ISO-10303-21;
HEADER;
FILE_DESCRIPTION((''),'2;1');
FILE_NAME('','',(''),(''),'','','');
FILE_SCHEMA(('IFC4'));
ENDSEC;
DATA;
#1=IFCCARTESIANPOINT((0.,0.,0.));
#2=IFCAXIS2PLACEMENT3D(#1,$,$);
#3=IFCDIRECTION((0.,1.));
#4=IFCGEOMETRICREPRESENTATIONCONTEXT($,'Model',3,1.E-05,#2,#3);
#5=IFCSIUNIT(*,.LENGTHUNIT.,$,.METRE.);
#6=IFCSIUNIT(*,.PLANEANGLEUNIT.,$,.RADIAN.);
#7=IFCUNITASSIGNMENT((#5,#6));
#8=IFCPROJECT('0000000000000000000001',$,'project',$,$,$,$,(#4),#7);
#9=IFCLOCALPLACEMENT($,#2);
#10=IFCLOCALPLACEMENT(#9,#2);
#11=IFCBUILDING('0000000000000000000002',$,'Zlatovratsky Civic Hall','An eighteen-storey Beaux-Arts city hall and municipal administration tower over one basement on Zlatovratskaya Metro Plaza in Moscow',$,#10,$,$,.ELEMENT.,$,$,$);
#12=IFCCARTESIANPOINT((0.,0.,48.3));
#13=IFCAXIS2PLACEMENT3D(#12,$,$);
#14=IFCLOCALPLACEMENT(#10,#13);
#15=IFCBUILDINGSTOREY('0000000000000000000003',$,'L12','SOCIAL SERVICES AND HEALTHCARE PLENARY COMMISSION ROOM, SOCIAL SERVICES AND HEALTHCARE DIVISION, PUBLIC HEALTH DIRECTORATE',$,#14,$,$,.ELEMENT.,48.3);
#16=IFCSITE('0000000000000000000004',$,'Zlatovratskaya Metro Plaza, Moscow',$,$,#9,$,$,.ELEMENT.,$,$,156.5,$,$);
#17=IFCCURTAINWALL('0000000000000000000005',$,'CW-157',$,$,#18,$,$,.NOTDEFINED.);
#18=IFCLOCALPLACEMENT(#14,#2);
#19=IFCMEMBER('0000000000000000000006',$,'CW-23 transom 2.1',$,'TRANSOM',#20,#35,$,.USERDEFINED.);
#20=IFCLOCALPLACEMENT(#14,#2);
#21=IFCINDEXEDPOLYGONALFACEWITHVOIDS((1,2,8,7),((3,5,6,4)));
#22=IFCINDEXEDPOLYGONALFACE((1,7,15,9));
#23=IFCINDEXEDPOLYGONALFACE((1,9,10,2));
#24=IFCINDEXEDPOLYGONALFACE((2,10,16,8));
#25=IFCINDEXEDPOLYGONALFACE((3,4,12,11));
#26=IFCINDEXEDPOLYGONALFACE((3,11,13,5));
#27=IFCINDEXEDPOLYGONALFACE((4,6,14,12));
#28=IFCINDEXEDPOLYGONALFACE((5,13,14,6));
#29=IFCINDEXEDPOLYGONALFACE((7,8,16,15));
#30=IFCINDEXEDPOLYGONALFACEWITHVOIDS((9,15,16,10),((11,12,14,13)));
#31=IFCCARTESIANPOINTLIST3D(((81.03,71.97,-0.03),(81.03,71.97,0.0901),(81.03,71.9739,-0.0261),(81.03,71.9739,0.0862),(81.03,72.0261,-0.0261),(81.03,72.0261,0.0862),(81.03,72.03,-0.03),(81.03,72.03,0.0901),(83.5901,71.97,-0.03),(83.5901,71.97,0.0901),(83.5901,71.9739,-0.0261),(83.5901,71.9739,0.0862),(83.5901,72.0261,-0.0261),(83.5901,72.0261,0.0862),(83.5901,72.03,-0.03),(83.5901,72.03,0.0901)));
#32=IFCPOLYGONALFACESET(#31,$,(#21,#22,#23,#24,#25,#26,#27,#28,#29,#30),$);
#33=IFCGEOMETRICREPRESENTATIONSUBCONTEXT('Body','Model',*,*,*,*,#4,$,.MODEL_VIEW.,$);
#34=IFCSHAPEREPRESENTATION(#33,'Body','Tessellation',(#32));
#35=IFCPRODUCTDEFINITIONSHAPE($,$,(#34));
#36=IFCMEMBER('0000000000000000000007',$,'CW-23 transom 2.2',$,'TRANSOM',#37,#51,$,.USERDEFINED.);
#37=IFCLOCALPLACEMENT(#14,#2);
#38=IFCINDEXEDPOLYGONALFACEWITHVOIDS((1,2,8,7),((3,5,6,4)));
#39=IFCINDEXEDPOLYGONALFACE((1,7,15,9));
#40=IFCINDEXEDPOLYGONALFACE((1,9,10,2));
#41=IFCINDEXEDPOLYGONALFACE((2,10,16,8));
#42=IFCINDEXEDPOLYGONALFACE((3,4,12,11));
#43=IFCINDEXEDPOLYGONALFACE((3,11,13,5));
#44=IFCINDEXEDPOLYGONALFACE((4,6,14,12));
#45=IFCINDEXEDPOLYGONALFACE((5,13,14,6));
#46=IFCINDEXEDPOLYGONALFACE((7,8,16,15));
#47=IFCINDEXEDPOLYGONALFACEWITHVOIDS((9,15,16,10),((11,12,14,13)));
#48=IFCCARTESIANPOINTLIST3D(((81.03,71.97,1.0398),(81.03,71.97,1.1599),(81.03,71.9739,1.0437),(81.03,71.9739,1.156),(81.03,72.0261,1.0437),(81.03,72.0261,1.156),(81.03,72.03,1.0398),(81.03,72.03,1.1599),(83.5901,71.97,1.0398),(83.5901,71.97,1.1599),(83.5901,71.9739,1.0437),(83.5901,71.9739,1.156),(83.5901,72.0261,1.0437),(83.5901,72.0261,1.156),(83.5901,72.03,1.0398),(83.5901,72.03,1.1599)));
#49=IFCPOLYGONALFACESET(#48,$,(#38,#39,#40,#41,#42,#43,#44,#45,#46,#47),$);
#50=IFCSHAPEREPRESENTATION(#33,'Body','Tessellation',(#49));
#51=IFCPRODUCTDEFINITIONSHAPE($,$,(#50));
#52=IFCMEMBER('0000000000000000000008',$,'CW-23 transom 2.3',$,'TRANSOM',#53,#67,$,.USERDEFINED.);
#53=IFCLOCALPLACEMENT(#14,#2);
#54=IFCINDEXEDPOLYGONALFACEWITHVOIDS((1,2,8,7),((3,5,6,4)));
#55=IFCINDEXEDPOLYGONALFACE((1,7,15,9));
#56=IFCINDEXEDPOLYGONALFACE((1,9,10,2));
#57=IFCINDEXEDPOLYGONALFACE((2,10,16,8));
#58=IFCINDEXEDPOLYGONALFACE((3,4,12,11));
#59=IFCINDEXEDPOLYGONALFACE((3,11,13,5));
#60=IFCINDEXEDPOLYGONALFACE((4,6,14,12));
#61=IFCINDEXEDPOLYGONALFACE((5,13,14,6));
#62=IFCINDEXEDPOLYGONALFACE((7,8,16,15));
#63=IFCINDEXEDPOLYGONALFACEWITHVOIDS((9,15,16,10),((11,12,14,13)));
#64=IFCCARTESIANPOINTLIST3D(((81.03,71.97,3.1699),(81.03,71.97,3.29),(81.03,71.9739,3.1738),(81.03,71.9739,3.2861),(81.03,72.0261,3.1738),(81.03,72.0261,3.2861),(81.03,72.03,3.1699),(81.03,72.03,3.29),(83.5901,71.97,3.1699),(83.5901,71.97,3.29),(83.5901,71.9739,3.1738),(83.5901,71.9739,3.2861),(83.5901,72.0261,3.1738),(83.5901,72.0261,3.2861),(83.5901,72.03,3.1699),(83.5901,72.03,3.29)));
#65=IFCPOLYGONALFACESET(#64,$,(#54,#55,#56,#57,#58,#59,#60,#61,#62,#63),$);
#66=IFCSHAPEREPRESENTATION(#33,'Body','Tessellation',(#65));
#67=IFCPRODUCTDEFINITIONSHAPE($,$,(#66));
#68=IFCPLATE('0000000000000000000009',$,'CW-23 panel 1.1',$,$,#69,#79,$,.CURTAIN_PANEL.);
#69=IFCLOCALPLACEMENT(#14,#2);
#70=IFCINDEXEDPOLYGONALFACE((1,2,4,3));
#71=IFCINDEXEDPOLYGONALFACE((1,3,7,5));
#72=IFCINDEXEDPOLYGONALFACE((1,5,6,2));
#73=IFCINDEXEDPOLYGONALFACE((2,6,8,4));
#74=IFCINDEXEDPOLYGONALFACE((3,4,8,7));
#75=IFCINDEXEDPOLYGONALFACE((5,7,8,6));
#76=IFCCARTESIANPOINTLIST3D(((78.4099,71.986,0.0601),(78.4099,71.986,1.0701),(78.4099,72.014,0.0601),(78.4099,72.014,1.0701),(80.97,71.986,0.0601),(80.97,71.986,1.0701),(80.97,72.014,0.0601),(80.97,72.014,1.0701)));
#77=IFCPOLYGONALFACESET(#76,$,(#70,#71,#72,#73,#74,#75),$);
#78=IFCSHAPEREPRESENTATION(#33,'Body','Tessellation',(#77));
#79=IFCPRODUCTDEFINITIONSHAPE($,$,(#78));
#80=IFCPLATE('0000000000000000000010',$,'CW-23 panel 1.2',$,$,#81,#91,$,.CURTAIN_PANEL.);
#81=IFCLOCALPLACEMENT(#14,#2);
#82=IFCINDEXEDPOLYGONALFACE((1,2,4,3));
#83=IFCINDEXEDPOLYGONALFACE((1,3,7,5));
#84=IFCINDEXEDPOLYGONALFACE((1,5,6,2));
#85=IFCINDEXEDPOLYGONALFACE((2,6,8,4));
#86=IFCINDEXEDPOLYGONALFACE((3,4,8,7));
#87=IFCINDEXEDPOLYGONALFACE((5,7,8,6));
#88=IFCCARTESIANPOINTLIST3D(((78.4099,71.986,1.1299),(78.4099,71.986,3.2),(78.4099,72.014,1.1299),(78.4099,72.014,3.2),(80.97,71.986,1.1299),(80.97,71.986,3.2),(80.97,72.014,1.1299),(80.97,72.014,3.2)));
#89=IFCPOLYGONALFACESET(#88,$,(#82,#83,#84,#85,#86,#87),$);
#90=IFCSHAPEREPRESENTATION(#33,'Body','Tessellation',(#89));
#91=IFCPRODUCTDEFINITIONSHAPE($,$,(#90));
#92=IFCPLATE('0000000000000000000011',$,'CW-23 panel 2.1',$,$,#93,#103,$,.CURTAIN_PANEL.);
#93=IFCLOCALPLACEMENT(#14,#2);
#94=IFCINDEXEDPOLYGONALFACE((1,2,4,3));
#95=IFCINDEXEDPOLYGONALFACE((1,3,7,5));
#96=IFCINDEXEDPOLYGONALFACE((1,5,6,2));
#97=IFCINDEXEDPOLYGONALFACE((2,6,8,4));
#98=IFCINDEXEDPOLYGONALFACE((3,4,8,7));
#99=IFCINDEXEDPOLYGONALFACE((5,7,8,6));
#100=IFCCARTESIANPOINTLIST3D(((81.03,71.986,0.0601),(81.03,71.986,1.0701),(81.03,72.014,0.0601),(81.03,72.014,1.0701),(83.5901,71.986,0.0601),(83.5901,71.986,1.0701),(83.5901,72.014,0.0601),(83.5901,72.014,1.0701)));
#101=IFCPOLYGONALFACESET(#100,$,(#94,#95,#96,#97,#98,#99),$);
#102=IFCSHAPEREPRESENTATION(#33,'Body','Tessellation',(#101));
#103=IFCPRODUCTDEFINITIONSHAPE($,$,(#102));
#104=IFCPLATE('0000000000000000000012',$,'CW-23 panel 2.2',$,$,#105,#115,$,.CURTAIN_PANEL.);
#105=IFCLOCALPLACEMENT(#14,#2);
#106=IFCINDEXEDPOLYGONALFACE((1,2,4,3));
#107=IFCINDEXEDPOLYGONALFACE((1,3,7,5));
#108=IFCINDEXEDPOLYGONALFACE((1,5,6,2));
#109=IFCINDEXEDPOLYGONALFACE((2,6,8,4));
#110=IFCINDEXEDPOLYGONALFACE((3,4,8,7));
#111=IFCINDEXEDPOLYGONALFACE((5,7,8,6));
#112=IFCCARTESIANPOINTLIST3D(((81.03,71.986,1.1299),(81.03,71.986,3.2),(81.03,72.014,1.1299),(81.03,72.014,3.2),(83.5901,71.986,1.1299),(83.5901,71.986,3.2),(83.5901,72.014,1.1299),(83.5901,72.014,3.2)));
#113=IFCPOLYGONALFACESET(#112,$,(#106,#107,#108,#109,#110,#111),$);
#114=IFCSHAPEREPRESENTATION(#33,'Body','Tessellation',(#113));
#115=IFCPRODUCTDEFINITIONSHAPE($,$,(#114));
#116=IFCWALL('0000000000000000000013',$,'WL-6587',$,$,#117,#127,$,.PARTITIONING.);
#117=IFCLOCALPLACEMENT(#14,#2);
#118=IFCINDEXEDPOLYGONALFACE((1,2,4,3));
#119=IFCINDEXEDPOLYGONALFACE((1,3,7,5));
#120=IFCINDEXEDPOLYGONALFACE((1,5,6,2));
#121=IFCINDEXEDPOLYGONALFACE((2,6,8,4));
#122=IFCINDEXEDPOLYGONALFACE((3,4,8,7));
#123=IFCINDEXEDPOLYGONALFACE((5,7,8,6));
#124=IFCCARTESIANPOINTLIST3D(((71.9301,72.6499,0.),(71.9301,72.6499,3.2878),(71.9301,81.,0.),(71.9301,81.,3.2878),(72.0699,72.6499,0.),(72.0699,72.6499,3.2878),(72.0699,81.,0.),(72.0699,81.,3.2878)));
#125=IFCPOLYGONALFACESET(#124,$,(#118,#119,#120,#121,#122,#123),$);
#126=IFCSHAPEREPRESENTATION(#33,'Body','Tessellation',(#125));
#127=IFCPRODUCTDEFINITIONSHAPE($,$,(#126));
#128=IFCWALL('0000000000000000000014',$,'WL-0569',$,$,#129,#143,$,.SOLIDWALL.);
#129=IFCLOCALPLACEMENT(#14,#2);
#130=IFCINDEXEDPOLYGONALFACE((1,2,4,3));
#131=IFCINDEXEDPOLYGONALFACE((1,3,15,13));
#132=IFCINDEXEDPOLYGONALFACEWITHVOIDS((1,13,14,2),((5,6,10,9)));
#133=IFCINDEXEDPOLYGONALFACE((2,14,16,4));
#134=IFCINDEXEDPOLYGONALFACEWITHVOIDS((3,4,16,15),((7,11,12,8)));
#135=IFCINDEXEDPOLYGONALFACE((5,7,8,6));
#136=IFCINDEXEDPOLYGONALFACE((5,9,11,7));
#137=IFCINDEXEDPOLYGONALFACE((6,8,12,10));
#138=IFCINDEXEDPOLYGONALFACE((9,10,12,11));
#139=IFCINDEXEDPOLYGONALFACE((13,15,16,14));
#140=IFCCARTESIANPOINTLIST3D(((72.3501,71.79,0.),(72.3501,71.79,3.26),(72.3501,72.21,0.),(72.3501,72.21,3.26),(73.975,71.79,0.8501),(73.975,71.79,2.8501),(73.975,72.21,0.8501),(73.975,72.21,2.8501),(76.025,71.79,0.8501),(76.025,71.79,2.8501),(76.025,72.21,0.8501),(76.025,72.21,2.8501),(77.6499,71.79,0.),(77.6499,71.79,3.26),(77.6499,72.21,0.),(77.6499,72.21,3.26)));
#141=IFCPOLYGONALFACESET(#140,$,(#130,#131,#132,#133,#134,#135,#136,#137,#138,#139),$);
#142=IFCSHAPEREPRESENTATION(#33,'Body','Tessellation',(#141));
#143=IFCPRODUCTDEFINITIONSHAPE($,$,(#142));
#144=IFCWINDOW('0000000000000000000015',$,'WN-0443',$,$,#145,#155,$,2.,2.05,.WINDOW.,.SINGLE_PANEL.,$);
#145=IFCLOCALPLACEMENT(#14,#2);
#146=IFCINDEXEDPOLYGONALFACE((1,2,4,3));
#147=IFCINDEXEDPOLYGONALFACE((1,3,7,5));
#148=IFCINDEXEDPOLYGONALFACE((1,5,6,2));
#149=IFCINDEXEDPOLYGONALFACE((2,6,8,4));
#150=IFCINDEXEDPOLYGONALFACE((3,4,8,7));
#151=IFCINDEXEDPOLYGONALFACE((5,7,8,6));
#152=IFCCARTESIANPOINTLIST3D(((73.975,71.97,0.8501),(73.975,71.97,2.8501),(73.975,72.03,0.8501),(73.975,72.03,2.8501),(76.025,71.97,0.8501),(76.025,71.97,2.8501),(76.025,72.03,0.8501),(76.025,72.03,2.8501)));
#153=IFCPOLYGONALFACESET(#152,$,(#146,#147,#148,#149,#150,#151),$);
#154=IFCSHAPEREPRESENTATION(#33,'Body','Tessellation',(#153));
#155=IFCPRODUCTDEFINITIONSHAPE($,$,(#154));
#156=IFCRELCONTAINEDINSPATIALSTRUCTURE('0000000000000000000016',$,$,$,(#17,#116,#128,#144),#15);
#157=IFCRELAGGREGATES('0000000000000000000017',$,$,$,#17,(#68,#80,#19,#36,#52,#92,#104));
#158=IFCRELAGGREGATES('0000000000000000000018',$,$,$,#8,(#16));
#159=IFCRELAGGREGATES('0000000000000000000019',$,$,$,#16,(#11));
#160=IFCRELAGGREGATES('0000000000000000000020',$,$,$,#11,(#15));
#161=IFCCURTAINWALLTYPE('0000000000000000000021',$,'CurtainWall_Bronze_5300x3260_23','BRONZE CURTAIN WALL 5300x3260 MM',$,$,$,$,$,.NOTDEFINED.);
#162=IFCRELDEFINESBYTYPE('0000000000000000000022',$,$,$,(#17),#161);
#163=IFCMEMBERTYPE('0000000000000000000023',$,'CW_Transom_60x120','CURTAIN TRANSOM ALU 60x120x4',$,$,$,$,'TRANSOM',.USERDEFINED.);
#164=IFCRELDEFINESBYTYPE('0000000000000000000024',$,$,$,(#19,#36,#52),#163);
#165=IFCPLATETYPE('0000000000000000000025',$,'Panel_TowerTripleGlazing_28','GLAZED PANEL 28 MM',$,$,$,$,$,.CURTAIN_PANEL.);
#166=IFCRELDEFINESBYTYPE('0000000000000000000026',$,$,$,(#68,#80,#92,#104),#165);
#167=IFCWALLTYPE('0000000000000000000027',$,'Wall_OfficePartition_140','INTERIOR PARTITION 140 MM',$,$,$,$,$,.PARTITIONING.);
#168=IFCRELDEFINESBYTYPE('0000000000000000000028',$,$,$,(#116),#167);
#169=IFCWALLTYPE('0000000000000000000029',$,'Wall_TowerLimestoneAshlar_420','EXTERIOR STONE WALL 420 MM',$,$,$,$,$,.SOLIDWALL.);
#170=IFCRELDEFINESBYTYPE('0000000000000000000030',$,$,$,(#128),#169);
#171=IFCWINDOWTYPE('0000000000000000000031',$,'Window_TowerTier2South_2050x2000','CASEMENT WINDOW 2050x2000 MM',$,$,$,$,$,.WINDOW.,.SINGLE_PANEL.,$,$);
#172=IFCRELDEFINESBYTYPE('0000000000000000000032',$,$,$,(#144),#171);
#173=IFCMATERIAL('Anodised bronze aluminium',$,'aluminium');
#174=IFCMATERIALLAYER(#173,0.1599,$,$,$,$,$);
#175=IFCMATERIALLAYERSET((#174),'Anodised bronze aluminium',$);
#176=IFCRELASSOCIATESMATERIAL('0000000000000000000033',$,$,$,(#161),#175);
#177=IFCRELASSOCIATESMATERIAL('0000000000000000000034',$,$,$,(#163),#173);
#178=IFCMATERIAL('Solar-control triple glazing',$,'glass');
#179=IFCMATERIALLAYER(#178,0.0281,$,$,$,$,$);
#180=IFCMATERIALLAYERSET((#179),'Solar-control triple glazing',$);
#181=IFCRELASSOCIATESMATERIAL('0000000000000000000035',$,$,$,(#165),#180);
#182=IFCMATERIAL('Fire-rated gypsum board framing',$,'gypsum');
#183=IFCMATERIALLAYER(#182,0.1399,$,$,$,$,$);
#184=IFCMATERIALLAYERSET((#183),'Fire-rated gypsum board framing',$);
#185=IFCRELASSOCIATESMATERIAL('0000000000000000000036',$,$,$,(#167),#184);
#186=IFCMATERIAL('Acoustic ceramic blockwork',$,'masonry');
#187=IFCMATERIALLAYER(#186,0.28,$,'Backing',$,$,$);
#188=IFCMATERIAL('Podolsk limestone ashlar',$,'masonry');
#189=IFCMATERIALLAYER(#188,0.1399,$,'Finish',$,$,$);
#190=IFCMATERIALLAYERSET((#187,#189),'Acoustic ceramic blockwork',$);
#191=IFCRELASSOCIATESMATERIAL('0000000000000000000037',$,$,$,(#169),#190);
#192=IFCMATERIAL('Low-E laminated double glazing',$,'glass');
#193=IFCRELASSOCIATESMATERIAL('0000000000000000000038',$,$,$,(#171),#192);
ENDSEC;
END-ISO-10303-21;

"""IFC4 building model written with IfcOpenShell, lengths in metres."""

from ifc_helpers import new_model, si_unit, direction, frame, frame_2d, origin, origin_2d, place, context, subcontext, project, spatial, rectangle, hollow_rectangle, extrude, material, layer, layer_set, material_profile, profile_set, type_object, element, fill, aggregate, save


model = new_model("IFC4")

# Units and contexts
model_context = context("Model", 3, precision=1e-05, world=origin(), true_north=direction((0.0, 1.0)))
body_context = subcontext(model_context, "Body", "Model", "MODEL_VIEW")
ifc_project = project(units=[si_unit("LENGTHUNIT", "METRE"), si_unit("PLANEANGLEUNIT", "RADIAN")], contexts=[model_context])

# Site, building, storey
site_placement = place(None, origin())
site = spatial("IfcSite", under=ifc_project, at=site_placement, Name="Zlatovratskaya Metro Plaza, Moscow", CompositionType="ELEMENT", RefElevation=156.5)
building_placement = place(site_placement, origin())
building = spatial("IfcBuilding", under=site, at=building_placement, Name="Zlatovratsky Civic Hall", Description="An eighteen-storey Beaux-Arts city hall and municipal administration tower over one basement on Zlatovratskaya Metro Plaza in Moscow", CompositionType="ELEMENT")
storey_placement = place(building_placement, frame((0.0, 0.0, 48.3)))
storey = spatial("IfcBuildingStorey", under=building, at=storey_placement, Name="L12", Description="SOCIAL SERVICES AND HEALTHCARE PLENARY COMMISSION ROOM, SOCIAL SERVICES AND HEALTHCARE DIVISION, PUBLIC HEALTH DIRECTORATE", CompositionType="ELEMENT", Elevation=48.3)

# Curtain wall, members, plates
ifc_material_1 = material(Name="Anodised bronze aluminium", Category="aluminium")
ifc_layer_1 = layer(ifc_material_1, 0.1599)
ifc_layer_set_1 = layer_set([ifc_layer_1], Name="Anodised bronze aluminium")
curtain_wall_type = type_object("IfcCurtainWallType", Name="CurtainWall_Bronze_5300x3260_23", Description="BRONZE CURTAIN WALL 5300x3260 MM", PredefinedType="NOTDEFINED", material=ifc_layer_set_1)
curtain_wall_placement = place(storey_placement, origin())
curtain_wall = element("IfcCurtainWall", 1, at=curtain_wall_placement, inside=storey, type_object=curtain_wall_type, Name="CW-157", PredefinedType="NOTDEFINED")
ifc_material_profile_1 = material_profile(ifc_material_1, hollow_rectangle(XDim=0.0601, YDim=0.1201, WallThickness=0.0039, at=origin_2d()), Name="ALU 60x120x4")
ifc_profile_set_1 = profile_set([ifc_material_profile_1], Name="Anodised bronze aluminium")
member_type_1 = type_object("IfcMemberType", Name="CW_Transom_60x120", Description="CURTAIN TRANSOM ALU 60x120x4", ElementType="TRANSOM", PredefinedType="USERDEFINED", material=ifc_profile_set_1)
member_1_placement = place(storey_placement, frame((81.03, 72.0, 0.03), z_axis=(1.0, 0.0, 0.0), x_axis=(0.0, 1.0, 0.0)))
member_1 = element("IfcMember", 2, at=member_1_placement, type_object=member_type_1, Name="CW-23 transom 2.1", ObjectType="TRANSOM", PredefinedType="USERDEFINED", context=body_context, shape_type="SweptSolid", body=[
    extrude(hollow_rectangle(XDim=0.0601, YDim=0.1201, WallThickness=0.0039, at=origin_2d()), origin(), (0.0, 0.0, 1.0), 2.5601),
])
member_2_placement = place(storey_placement, frame((81.03, 72.0, 1.0999), z_axis=(1.0, 0.0, 0.0), x_axis=(0.0, 1.0, 0.0)))
member_2 = element("IfcMember", 3, at=member_2_placement, type_object=member_type_1, Name="CW-23 transom 2.2", ObjectType="TRANSOM", PredefinedType="USERDEFINED", context=body_context, shape_type="SweptSolid", body=[
    extrude(hollow_rectangle(XDim=0.0601, YDim=0.1201, WallThickness=0.0039, at=origin_2d()), origin(), (0.0, 0.0, 1.0), 2.5601),
])
member_3_placement = place(storey_placement, frame((81.03, 72.0, 3.23), z_axis=(1.0, 0.0, 0.0), x_axis=(0.0, 1.0, 0.0)))
member_3 = element("IfcMember", 4, at=member_3_placement, type_object=member_type_1, Name="CW-23 transom 2.3", ObjectType="TRANSOM", PredefinedType="USERDEFINED", context=body_context, shape_type="SweptSolid", body=[
    extrude(hollow_rectangle(XDim=0.0601, YDim=0.1201, WallThickness=0.0039, at=origin_2d()), origin(), (0.0, 0.0, 1.0), 2.5601),
])
ifc_material_2 = material(Name="Solar-control triple glazing", Category="glass")
ifc_layer_2 = layer(ifc_material_2, 0.0281)
ifc_layer_set_2 = layer_set([ifc_layer_2], Name="Solar-control triple glazing")
plate_type = type_object("IfcPlateType", Name="Panel_TowerTripleGlazing_28", Description="GLAZED PANEL 28 MM", PredefinedType="CURTAIN_PANEL", material=ifc_layer_set_2)
plate_1_placement = place(storey_placement, frame((79.6899, 72.0, 0.0601), z_axis=(0.0, 0.0, 1.0), x_axis=(1.0, 0.0, 0.0)))
plate_1 = element("IfcPlate", 5, at=plate_1_placement, type_object=plate_type, Name="CW-23 panel 1.1", PredefinedType="CURTAIN_PANEL", context=body_context, shape_type="SweptSolid", body=[
    extrude(rectangle(XDim=2.5601, YDim=0.0281, at=origin_2d()), origin(), (0.0, 0.0, 1.0), 1.01),
])
plate_2_placement = place(storey_placement, frame((79.6899, 72.0, 1.1299), z_axis=(0.0, 0.0, 1.0), x_axis=(1.0, 0.0, 0.0)))
plate_2 = element("IfcPlate", 6, at=plate_2_placement, type_object=plate_type, Name="CW-23 panel 1.2", PredefinedType="CURTAIN_PANEL", context=body_context, shape_type="SweptSolid", body=[
    extrude(rectangle(XDim=2.5601, YDim=0.0281, at=origin_2d()), origin(), (0.0, 0.0, 1.0), 2.0701),
])
plate_3_placement = place(storey_placement, frame((82.3101, 72.0, 0.0601), z_axis=(0.0, 0.0, 1.0), x_axis=(1.0, 0.0, 0.0)))
plate_3 = element("IfcPlate", 7, at=plate_3_placement, type_object=plate_type, Name="CW-23 panel 2.1", PredefinedType="CURTAIN_PANEL", context=body_context, shape_type="SweptSolid", body=[
    extrude(rectangle(XDim=2.5601, YDim=0.0281, at=origin_2d()), origin(), (0.0, 0.0, 1.0), 1.01),
])
plate_4_placement = place(storey_placement, frame((82.3101, 72.0, 1.1299), z_axis=(0.0, 0.0, 1.0), x_axis=(1.0, 0.0, 0.0)))
plate_4 = element("IfcPlate", 8, at=plate_4_placement, type_object=plate_type, Name="CW-23 panel 2.2", PredefinedType="CURTAIN_PANEL", context=body_context, shape_type="SweptSolid", body=[
    extrude(rectangle(XDim=2.5601, YDim=0.0281, at=origin_2d()), origin(), (0.0, 0.0, 1.0), 2.0701),
])
aggregate(curtain_wall, [plate_1, plate_2, member_1, member_2, member_3, plate_3, plate_4])

# Wall
ifc_material_3 = material(Name="Fire-rated gypsum board framing", Category="gypsum")
ifc_layer_3 = layer(ifc_material_3, 0.1399)
ifc_layer_set_3 = layer_set([ifc_layer_3], Name="Fire-rated gypsum board framing")
wall_type_1 = type_object("IfcWallType", Name="Wall_OfficePartition_140", Description="INTERIOR PARTITION 140 MM", PredefinedType="PARTITIONING", material=ifc_layer_set_3)
wall_1_placement = place(storey_placement, frame((72.0, 72.6499, 0.0), z_axis=(0.0, 0.0, 1.0), x_axis=(0.0, 1.0, 0.0)))
element("IfcWall", 9, at=wall_1_placement, inside=storey, type_object=wall_type_1, Name="WL-6587", PredefinedType="PARTITIONING", context=body_context, shape_type="SweptSolid", body=[
    extrude(rectangle(XDim=8.3501, YDim=0.1399, at=frame_2d((4.175, 0.0))), origin(), (0.0, 0.0, 1.0), 3.2878),
])

# Wall, opening, window
ifc_material_4 = material(Name="Acoustic ceramic blockwork", Category="masonry")
ifc_layer_4 = layer(ifc_material_4, 0.28, Name="Backing")
ifc_material_5 = material(Name="Podolsk limestone ashlar", Category="masonry")
ifc_layer_5 = layer(ifc_material_5, 0.1399, Name="Finish")
ifc_layer_set_4 = layer_set([ifc_layer_4, ifc_layer_5], Name="Acoustic ceramic blockwork")
wall_type_2 = type_object("IfcWallType", Name="Wall_TowerLimestoneAshlar_420", Description="EXTERIOR STONE WALL 420 MM", PredefinedType="SOLIDWALL", material=ifc_layer_set_4)
wall_2_placement = place(storey_placement, frame((72.3501, 72.0, 0.0), z_axis=(0.0, 0.0, 1.0), x_axis=(1.0, 0.0, 0.0)))
wall_2 = element("IfcWall", 10, at=wall_2_placement, inside=storey, type_object=wall_type_2, Name="WL-0569", PredefinedType="SOLIDWALL", context=body_context, shape_type="SweptSolid", body=[
    extrude(rectangle(XDim=5.2998, YDim=0.4199, at=frame_2d((2.6499, 0.0))), origin(), (0.0, 0.0, 1.0), 3.26),
])
opening_placement = place(wall_2_placement, frame((1.625, 0.0, 0.8501)))
opening = element("IfcOpeningElement", 11, at=opening_placement, cuts=wall_2, PredefinedType="OPENING", context=body_context, shape_type="SweptSolid", body=[
    extrude(rectangle(XDim=2.05, YDim=2.0, at=frame_2d((1.0249, 1.0))), frame((0.0, 0.2249, 0.0), z_axis=(0.0, -1.0, 0.0), x_axis=(1.0, 0.0, 0.0)), (0.0, 0.0, 1.0), 0.4497),
])
ifc_material_6 = material(Name="Low-E laminated double glazing", Category="glass")
window_type = type_object("IfcWindowType", Name="Window_TowerTier2South_2050x2000", Description="CASEMENT WINDOW 2050x2000 MM", PartitioningType="SINGLE_PANEL", PredefinedType="WINDOW", material=ifc_material_6)
window_placement = place(opening_placement, origin())
window = element("IfcWindow", 12, at=window_placement, inside=storey, type_object=window_type, Name="WN-0443", OverallHeight=2.0, OverallWidth=2.05, PartitioningType="SINGLE_PANEL", PredefinedType="WINDOW", context=body_context, shape_type="SweptSolid", body=[
    extrude(rectangle(XDim=2.05, YDim=2.0, at=frame_2d((1.0249, 1.0))), frame((0.0, 0.03, 0.0), z_axis=(0.0, -1.0, 0.0), x_axis=(1.0, 0.0, 0.0)), (0.0, 0.0, 1.0), 0.0601),
])
fill(opening, window)

save(model, "model.ifc")
